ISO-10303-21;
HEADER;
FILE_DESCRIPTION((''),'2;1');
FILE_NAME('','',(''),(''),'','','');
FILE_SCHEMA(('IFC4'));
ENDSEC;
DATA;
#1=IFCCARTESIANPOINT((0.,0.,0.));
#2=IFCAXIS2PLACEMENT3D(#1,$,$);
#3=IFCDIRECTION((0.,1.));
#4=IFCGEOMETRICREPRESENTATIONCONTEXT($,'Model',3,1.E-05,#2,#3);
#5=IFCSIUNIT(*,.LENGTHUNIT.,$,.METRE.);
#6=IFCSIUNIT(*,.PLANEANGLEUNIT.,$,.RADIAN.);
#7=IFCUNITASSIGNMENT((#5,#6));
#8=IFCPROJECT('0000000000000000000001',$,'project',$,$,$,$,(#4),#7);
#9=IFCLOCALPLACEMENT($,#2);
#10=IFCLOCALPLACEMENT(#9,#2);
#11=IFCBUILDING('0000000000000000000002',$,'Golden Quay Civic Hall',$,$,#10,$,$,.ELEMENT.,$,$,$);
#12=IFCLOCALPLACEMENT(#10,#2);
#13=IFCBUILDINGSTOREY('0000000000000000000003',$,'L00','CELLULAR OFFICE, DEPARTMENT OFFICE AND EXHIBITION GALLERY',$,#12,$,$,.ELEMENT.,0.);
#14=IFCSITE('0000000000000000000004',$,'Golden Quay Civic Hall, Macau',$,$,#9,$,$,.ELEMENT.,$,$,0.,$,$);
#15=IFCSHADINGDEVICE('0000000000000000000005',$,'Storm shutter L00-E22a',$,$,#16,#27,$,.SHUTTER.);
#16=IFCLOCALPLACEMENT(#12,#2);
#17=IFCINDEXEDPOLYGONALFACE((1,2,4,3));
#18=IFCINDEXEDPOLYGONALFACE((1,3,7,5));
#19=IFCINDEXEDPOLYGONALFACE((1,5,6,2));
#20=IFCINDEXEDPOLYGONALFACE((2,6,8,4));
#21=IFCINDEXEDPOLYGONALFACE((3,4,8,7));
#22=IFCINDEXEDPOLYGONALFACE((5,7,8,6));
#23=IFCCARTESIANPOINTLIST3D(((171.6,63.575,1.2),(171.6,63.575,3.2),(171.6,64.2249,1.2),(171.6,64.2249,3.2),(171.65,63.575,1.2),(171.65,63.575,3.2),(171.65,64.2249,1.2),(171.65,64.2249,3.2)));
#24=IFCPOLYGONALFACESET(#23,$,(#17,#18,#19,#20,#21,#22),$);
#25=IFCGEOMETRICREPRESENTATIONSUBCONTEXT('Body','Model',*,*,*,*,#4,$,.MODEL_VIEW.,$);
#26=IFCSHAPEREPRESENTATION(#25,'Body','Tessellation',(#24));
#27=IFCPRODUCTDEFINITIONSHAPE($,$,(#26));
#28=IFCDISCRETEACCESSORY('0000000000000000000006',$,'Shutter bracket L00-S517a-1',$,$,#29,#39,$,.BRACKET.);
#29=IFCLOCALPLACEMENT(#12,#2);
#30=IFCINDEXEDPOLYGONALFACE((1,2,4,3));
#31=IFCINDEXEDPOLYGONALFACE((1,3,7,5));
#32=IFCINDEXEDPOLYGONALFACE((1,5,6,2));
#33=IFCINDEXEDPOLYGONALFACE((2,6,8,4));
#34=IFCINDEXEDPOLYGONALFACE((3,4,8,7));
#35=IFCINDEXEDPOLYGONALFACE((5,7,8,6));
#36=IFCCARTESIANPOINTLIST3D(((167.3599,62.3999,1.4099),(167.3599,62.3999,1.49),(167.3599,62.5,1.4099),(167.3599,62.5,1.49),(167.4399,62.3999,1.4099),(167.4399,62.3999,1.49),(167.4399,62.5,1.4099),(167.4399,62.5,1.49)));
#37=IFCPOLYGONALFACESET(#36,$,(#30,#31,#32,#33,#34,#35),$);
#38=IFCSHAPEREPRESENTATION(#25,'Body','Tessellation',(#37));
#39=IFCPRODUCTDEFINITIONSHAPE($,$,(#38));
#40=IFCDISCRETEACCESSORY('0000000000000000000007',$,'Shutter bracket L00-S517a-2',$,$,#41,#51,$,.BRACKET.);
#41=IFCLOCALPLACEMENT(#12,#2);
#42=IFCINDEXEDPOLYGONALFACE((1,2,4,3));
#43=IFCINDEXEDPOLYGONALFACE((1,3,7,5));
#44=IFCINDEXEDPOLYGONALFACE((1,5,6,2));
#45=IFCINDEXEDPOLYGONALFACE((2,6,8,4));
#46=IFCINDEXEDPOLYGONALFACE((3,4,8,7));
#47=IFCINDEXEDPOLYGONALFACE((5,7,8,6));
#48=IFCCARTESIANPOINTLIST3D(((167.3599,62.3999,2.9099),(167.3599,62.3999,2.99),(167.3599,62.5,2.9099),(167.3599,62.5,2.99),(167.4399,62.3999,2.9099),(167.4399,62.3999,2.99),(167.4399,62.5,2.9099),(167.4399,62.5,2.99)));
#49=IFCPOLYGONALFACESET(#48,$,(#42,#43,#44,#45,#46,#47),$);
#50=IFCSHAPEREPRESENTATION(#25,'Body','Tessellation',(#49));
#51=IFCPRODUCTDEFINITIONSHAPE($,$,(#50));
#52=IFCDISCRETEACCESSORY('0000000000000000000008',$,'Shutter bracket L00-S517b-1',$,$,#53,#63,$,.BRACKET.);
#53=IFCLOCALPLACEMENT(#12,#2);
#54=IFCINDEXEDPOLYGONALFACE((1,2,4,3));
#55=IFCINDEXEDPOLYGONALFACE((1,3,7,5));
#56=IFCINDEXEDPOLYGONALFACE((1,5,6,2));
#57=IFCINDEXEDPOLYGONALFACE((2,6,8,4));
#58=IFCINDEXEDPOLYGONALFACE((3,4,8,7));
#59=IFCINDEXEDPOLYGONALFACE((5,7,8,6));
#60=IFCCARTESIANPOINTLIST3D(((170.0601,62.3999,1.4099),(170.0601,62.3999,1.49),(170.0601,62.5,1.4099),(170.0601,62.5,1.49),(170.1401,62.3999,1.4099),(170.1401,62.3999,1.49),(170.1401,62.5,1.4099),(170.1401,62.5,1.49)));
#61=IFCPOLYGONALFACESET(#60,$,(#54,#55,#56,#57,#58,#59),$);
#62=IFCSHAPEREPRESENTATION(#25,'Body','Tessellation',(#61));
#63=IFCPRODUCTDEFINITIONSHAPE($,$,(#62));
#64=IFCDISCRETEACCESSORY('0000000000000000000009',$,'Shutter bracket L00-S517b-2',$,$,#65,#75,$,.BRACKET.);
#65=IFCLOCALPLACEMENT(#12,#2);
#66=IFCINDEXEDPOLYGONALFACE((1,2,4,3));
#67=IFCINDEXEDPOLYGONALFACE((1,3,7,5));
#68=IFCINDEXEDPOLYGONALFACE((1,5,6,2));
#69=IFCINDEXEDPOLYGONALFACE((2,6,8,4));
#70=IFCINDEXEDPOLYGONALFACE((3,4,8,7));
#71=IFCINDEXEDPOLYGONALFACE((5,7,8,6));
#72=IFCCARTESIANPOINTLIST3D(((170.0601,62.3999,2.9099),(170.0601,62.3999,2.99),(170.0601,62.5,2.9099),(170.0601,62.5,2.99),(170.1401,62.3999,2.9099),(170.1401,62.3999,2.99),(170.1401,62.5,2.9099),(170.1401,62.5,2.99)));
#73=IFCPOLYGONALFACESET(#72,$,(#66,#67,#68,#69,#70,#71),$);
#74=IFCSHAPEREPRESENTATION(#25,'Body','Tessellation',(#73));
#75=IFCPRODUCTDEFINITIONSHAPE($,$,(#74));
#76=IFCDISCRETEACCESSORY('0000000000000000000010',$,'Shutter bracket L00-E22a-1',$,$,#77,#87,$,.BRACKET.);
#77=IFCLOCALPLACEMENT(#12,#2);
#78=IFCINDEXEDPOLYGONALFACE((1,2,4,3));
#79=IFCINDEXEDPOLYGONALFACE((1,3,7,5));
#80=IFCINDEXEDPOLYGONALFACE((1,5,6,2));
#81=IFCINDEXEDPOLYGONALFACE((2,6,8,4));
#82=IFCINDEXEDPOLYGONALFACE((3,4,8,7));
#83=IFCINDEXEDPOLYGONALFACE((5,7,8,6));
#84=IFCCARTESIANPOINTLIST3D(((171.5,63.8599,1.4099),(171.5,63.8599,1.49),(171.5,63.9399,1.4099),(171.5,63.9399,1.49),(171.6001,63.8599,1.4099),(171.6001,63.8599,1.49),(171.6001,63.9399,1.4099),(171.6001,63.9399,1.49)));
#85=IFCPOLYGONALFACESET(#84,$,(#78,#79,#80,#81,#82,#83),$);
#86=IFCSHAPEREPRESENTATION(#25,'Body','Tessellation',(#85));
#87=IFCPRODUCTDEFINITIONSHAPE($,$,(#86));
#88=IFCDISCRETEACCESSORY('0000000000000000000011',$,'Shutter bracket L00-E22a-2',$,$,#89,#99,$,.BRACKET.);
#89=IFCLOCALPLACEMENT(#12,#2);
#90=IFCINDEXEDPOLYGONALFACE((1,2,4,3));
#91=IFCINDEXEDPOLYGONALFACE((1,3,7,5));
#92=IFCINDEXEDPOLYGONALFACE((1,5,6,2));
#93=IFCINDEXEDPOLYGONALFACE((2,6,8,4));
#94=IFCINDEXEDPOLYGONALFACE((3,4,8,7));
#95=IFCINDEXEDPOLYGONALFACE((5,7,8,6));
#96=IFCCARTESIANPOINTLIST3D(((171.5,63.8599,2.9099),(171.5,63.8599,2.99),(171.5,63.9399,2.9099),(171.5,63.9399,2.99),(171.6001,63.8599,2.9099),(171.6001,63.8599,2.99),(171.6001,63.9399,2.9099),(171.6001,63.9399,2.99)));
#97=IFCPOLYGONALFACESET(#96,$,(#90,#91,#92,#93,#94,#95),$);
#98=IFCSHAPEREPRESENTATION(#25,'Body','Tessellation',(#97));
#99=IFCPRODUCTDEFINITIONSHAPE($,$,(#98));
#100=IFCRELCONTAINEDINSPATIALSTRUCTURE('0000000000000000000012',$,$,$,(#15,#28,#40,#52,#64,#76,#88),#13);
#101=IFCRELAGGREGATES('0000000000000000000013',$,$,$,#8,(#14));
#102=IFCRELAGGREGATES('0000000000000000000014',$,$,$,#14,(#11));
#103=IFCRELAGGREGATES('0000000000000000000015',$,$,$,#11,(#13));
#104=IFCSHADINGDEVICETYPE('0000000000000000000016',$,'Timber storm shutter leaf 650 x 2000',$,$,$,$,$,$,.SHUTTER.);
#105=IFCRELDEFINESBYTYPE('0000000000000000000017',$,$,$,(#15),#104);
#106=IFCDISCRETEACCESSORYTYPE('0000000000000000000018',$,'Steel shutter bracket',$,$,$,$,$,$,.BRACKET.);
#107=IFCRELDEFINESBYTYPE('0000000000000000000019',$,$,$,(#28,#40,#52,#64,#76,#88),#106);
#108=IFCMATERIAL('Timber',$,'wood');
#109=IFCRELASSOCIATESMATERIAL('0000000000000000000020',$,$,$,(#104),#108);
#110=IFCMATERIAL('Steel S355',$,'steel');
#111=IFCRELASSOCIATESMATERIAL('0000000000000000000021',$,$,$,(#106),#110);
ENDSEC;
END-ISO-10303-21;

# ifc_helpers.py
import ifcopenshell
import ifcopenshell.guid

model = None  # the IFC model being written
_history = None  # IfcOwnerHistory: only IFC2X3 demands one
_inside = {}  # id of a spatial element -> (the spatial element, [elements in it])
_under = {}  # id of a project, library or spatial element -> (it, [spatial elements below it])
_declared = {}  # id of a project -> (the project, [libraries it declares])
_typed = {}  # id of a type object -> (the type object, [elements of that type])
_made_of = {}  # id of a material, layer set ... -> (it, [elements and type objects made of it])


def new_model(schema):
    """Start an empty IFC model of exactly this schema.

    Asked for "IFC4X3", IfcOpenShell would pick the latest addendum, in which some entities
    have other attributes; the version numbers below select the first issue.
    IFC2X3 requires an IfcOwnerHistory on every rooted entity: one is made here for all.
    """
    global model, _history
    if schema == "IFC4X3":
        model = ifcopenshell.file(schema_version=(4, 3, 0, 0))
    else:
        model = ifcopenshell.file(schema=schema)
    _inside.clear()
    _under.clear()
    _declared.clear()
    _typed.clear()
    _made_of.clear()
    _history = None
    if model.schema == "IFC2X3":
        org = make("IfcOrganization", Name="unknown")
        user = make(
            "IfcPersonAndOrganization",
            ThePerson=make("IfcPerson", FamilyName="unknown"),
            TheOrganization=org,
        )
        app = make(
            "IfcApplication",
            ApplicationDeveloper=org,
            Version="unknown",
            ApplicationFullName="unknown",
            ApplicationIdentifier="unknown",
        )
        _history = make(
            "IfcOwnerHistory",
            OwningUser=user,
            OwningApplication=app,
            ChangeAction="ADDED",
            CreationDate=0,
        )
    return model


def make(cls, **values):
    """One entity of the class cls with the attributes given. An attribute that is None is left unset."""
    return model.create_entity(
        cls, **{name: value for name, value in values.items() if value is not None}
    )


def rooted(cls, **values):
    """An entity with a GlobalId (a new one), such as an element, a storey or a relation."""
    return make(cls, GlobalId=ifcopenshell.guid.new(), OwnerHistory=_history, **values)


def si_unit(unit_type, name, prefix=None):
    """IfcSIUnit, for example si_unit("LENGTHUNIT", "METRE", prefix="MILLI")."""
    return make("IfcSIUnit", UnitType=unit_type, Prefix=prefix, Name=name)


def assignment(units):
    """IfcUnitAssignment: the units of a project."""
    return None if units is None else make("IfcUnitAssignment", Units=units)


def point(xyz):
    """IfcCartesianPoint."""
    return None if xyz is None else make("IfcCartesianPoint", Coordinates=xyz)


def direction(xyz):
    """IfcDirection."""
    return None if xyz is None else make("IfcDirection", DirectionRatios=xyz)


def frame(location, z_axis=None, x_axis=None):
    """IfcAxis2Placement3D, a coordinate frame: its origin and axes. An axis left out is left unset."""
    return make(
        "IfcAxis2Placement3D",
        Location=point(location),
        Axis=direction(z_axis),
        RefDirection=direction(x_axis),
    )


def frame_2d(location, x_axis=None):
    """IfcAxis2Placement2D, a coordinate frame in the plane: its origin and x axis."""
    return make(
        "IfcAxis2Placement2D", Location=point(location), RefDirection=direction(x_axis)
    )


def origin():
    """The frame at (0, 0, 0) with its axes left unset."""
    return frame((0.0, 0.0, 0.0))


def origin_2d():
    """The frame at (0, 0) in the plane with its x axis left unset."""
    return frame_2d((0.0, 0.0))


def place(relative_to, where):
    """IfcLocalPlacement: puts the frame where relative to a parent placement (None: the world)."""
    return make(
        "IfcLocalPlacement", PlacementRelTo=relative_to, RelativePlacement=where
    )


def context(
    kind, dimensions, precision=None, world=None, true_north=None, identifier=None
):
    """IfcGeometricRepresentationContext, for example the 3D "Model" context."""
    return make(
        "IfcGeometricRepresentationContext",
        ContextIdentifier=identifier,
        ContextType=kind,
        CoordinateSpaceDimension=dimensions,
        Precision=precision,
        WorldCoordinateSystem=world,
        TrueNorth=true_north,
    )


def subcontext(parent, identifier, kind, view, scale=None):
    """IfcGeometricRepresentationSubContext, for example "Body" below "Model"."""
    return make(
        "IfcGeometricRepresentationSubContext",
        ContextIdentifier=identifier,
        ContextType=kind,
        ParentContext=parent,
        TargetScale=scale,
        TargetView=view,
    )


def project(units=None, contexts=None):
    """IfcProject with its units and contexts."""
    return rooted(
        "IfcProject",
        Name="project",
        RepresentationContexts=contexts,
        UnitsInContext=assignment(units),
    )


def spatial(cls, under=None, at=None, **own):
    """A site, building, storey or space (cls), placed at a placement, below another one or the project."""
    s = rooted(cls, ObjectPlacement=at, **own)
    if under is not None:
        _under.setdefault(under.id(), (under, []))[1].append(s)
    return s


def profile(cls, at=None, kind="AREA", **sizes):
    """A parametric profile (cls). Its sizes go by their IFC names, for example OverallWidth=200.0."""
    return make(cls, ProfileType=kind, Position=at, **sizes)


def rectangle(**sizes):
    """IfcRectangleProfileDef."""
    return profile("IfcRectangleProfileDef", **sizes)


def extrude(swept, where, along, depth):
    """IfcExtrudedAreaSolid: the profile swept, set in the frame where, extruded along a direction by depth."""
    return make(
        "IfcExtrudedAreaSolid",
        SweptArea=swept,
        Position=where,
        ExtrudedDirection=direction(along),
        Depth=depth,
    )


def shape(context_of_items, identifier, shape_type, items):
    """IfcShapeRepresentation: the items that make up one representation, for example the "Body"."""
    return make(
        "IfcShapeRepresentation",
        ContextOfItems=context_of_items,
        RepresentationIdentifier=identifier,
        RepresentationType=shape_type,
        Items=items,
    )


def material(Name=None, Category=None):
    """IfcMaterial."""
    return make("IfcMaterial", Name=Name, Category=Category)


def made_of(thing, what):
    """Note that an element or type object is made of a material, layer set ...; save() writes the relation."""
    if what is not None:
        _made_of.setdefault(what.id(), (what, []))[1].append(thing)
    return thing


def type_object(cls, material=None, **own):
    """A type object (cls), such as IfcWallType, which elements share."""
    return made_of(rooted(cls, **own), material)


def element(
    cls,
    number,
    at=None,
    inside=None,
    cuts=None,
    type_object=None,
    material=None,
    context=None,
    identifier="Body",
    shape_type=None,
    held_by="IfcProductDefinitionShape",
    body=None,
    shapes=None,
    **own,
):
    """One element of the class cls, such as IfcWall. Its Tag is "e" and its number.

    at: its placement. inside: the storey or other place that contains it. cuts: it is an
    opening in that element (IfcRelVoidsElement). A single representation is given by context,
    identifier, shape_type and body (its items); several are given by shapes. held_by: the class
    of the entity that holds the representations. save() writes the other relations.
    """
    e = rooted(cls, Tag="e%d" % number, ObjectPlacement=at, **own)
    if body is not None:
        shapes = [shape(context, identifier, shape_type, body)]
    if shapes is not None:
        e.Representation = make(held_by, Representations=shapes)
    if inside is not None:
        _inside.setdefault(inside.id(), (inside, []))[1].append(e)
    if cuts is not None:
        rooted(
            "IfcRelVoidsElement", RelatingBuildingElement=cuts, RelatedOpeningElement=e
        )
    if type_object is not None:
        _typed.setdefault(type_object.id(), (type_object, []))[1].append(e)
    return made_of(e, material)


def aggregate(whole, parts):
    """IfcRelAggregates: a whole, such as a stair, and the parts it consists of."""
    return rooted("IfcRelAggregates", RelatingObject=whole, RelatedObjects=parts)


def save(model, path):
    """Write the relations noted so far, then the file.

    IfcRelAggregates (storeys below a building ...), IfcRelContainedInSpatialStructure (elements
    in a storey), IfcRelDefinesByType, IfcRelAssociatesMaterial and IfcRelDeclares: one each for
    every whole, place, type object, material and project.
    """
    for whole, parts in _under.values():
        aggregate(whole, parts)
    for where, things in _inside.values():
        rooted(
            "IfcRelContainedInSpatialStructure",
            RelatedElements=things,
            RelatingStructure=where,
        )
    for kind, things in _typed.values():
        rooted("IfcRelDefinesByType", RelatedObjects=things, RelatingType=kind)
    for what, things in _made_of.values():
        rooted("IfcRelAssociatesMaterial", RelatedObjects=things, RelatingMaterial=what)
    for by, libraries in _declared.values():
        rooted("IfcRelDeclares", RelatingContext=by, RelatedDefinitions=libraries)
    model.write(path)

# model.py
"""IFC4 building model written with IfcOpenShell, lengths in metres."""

from ifc_helpers import new_model, si_unit, direction, frame, origin, origin_2d, place, context, subcontext, project, spatial, rectangle, extrude, material, type_object, element, save


model = new_model("IFC4")

# Units and contexts
model_context = context("Model", 3, precision=1e-05, world=origin(), true_north=direction((0.0, 1.0)))
body_context = subcontext(model_context, "Body", "Model", "MODEL_VIEW")
ifc_project = project(units=[si_unit("LENGTHUNIT", "METRE"), si_unit("PLANEANGLEUNIT", "RADIAN")], contexts=[model_context])

# Site, building, storey
site_placement = place(None, origin())
site = spatial("IfcSite", under=ifc_project, at=site_placement, Name="Golden Quay Civic Hall, Macau", CompositionType="ELEMENT", RefElevation=0.0)
building_placement = place(site_placement, origin())
building = spatial("IfcBuilding", under=site, at=building_placement, Name="Golden Quay Civic Hall", CompositionType="ELEMENT")
storey_placement = place(building_placement, origin())
storey = spatial("IfcBuildingStorey", under=building, at=storey_placement, Name="L00", Description="CELLULAR OFFICE, DEPARTMENT OFFICE AND EXHIBITION GALLERY", CompositionType="ELEMENT", Elevation=0.0)

# Shading device
ifc_material_1 = material(Name="Timber", Category="wood")
shading_device_type = type_object("IfcShadingDeviceType", Name="Timber storm shutter leaf 650 x 2000", PredefinedType="SHUTTER", material=ifc_material_1)
shading_device_placement = place(storey_placement, frame((171.625, 63.8999, 1.2), z_axis=(0.0, 0.0, 1.0), x_axis=(1.0, 0.0, 0.0)))
element("IfcShadingDevice", 1, at=shading_device_placement, inside=storey, type_object=shading_device_type, Name="Storm shutter L00-E22a", PredefinedType="SHUTTER", context=body_context, shape_type="SweptSolid", body=[
    extrude(rectangle(XDim=0.05, YDim=0.6499, at=origin_2d()), origin(), (0.0, 0.0, 1.0), 2.0),
])

# Discrete accessories
ifc_material_2 = material(Name="Steel S355", Category="steel")
discrete_accessory_type = type_object("IfcDiscreteAccessoryType", Name="Steel shutter bracket", PredefinedType="BRACKET", material=ifc_material_2)
for number, where, z_axis, x_axis, name in (
    (2, (167.3999, 62.45, 1.4099), (0.0, 0.0, 1.0), (1.0, 0.0, 0.0), "Shutter bracket L00-S517a-1"),
    (3, (167.3999, 62.45, 2.9099), (0.0, 0.0, 1.0), (1.0, 0.0, 0.0), "Shutter bracket L00-S517a-2"),
    (4, (170.1001, 62.45, 1.4099), (0.0, 0.0, 1.0), (1.0, 0.0, 0.0), "Shutter bracket L00-S517b-1"),
    (5, (170.1001, 62.45, 2.9099), (0.0, 0.0, 1.0), (1.0, 0.0, 0.0), "Shutter bracket L00-S517b-2"),
):
    element("IfcDiscreteAccessory", number, at=place(storey_placement, frame(where, z_axis=z_axis, x_axis=x_axis)), inside=storey, type_object=discrete_accessory_type, Name=name, PredefinedType="BRACKET", context=body_context, shape_type="SweptSolid", body=[
        extrude(rectangle(XDim=0.0801, YDim=0.1001, at=origin_2d()), origin(), (0.0, 0.0, 1.0), 0.0801),
    ])
for number, where, z_axis, x_axis, name in (
    (6, (171.55, 63.8999, 1.4099), (0.0, 0.0, 1.0), (1.0, 0.0, 0.0), "Shutter bracket L00-E22a-1"),
    (7, (171.55, 63.8999, 2.9099), (0.0, 0.0, 1.0), (1.0, 0.0, 0.0), "Shutter bracket L00-E22a-2"),
):
    element("IfcDiscreteAccessory", number, at=place(storey_placement, frame(where, z_axis=z_axis, x_axis=x_axis)), inside=storey, type_object=discrete_accessory_type, Name=name, PredefinedType="BRACKET", context=body_context, shape_type="SweptSolid", body=[
        extrude(rectangle(XDim=0.1001, YDim=0.0801, at=origin_2d()), origin(), (0.0, 0.0, 1.0), 0.0801),
    ])

save(model, "model.ifc")
